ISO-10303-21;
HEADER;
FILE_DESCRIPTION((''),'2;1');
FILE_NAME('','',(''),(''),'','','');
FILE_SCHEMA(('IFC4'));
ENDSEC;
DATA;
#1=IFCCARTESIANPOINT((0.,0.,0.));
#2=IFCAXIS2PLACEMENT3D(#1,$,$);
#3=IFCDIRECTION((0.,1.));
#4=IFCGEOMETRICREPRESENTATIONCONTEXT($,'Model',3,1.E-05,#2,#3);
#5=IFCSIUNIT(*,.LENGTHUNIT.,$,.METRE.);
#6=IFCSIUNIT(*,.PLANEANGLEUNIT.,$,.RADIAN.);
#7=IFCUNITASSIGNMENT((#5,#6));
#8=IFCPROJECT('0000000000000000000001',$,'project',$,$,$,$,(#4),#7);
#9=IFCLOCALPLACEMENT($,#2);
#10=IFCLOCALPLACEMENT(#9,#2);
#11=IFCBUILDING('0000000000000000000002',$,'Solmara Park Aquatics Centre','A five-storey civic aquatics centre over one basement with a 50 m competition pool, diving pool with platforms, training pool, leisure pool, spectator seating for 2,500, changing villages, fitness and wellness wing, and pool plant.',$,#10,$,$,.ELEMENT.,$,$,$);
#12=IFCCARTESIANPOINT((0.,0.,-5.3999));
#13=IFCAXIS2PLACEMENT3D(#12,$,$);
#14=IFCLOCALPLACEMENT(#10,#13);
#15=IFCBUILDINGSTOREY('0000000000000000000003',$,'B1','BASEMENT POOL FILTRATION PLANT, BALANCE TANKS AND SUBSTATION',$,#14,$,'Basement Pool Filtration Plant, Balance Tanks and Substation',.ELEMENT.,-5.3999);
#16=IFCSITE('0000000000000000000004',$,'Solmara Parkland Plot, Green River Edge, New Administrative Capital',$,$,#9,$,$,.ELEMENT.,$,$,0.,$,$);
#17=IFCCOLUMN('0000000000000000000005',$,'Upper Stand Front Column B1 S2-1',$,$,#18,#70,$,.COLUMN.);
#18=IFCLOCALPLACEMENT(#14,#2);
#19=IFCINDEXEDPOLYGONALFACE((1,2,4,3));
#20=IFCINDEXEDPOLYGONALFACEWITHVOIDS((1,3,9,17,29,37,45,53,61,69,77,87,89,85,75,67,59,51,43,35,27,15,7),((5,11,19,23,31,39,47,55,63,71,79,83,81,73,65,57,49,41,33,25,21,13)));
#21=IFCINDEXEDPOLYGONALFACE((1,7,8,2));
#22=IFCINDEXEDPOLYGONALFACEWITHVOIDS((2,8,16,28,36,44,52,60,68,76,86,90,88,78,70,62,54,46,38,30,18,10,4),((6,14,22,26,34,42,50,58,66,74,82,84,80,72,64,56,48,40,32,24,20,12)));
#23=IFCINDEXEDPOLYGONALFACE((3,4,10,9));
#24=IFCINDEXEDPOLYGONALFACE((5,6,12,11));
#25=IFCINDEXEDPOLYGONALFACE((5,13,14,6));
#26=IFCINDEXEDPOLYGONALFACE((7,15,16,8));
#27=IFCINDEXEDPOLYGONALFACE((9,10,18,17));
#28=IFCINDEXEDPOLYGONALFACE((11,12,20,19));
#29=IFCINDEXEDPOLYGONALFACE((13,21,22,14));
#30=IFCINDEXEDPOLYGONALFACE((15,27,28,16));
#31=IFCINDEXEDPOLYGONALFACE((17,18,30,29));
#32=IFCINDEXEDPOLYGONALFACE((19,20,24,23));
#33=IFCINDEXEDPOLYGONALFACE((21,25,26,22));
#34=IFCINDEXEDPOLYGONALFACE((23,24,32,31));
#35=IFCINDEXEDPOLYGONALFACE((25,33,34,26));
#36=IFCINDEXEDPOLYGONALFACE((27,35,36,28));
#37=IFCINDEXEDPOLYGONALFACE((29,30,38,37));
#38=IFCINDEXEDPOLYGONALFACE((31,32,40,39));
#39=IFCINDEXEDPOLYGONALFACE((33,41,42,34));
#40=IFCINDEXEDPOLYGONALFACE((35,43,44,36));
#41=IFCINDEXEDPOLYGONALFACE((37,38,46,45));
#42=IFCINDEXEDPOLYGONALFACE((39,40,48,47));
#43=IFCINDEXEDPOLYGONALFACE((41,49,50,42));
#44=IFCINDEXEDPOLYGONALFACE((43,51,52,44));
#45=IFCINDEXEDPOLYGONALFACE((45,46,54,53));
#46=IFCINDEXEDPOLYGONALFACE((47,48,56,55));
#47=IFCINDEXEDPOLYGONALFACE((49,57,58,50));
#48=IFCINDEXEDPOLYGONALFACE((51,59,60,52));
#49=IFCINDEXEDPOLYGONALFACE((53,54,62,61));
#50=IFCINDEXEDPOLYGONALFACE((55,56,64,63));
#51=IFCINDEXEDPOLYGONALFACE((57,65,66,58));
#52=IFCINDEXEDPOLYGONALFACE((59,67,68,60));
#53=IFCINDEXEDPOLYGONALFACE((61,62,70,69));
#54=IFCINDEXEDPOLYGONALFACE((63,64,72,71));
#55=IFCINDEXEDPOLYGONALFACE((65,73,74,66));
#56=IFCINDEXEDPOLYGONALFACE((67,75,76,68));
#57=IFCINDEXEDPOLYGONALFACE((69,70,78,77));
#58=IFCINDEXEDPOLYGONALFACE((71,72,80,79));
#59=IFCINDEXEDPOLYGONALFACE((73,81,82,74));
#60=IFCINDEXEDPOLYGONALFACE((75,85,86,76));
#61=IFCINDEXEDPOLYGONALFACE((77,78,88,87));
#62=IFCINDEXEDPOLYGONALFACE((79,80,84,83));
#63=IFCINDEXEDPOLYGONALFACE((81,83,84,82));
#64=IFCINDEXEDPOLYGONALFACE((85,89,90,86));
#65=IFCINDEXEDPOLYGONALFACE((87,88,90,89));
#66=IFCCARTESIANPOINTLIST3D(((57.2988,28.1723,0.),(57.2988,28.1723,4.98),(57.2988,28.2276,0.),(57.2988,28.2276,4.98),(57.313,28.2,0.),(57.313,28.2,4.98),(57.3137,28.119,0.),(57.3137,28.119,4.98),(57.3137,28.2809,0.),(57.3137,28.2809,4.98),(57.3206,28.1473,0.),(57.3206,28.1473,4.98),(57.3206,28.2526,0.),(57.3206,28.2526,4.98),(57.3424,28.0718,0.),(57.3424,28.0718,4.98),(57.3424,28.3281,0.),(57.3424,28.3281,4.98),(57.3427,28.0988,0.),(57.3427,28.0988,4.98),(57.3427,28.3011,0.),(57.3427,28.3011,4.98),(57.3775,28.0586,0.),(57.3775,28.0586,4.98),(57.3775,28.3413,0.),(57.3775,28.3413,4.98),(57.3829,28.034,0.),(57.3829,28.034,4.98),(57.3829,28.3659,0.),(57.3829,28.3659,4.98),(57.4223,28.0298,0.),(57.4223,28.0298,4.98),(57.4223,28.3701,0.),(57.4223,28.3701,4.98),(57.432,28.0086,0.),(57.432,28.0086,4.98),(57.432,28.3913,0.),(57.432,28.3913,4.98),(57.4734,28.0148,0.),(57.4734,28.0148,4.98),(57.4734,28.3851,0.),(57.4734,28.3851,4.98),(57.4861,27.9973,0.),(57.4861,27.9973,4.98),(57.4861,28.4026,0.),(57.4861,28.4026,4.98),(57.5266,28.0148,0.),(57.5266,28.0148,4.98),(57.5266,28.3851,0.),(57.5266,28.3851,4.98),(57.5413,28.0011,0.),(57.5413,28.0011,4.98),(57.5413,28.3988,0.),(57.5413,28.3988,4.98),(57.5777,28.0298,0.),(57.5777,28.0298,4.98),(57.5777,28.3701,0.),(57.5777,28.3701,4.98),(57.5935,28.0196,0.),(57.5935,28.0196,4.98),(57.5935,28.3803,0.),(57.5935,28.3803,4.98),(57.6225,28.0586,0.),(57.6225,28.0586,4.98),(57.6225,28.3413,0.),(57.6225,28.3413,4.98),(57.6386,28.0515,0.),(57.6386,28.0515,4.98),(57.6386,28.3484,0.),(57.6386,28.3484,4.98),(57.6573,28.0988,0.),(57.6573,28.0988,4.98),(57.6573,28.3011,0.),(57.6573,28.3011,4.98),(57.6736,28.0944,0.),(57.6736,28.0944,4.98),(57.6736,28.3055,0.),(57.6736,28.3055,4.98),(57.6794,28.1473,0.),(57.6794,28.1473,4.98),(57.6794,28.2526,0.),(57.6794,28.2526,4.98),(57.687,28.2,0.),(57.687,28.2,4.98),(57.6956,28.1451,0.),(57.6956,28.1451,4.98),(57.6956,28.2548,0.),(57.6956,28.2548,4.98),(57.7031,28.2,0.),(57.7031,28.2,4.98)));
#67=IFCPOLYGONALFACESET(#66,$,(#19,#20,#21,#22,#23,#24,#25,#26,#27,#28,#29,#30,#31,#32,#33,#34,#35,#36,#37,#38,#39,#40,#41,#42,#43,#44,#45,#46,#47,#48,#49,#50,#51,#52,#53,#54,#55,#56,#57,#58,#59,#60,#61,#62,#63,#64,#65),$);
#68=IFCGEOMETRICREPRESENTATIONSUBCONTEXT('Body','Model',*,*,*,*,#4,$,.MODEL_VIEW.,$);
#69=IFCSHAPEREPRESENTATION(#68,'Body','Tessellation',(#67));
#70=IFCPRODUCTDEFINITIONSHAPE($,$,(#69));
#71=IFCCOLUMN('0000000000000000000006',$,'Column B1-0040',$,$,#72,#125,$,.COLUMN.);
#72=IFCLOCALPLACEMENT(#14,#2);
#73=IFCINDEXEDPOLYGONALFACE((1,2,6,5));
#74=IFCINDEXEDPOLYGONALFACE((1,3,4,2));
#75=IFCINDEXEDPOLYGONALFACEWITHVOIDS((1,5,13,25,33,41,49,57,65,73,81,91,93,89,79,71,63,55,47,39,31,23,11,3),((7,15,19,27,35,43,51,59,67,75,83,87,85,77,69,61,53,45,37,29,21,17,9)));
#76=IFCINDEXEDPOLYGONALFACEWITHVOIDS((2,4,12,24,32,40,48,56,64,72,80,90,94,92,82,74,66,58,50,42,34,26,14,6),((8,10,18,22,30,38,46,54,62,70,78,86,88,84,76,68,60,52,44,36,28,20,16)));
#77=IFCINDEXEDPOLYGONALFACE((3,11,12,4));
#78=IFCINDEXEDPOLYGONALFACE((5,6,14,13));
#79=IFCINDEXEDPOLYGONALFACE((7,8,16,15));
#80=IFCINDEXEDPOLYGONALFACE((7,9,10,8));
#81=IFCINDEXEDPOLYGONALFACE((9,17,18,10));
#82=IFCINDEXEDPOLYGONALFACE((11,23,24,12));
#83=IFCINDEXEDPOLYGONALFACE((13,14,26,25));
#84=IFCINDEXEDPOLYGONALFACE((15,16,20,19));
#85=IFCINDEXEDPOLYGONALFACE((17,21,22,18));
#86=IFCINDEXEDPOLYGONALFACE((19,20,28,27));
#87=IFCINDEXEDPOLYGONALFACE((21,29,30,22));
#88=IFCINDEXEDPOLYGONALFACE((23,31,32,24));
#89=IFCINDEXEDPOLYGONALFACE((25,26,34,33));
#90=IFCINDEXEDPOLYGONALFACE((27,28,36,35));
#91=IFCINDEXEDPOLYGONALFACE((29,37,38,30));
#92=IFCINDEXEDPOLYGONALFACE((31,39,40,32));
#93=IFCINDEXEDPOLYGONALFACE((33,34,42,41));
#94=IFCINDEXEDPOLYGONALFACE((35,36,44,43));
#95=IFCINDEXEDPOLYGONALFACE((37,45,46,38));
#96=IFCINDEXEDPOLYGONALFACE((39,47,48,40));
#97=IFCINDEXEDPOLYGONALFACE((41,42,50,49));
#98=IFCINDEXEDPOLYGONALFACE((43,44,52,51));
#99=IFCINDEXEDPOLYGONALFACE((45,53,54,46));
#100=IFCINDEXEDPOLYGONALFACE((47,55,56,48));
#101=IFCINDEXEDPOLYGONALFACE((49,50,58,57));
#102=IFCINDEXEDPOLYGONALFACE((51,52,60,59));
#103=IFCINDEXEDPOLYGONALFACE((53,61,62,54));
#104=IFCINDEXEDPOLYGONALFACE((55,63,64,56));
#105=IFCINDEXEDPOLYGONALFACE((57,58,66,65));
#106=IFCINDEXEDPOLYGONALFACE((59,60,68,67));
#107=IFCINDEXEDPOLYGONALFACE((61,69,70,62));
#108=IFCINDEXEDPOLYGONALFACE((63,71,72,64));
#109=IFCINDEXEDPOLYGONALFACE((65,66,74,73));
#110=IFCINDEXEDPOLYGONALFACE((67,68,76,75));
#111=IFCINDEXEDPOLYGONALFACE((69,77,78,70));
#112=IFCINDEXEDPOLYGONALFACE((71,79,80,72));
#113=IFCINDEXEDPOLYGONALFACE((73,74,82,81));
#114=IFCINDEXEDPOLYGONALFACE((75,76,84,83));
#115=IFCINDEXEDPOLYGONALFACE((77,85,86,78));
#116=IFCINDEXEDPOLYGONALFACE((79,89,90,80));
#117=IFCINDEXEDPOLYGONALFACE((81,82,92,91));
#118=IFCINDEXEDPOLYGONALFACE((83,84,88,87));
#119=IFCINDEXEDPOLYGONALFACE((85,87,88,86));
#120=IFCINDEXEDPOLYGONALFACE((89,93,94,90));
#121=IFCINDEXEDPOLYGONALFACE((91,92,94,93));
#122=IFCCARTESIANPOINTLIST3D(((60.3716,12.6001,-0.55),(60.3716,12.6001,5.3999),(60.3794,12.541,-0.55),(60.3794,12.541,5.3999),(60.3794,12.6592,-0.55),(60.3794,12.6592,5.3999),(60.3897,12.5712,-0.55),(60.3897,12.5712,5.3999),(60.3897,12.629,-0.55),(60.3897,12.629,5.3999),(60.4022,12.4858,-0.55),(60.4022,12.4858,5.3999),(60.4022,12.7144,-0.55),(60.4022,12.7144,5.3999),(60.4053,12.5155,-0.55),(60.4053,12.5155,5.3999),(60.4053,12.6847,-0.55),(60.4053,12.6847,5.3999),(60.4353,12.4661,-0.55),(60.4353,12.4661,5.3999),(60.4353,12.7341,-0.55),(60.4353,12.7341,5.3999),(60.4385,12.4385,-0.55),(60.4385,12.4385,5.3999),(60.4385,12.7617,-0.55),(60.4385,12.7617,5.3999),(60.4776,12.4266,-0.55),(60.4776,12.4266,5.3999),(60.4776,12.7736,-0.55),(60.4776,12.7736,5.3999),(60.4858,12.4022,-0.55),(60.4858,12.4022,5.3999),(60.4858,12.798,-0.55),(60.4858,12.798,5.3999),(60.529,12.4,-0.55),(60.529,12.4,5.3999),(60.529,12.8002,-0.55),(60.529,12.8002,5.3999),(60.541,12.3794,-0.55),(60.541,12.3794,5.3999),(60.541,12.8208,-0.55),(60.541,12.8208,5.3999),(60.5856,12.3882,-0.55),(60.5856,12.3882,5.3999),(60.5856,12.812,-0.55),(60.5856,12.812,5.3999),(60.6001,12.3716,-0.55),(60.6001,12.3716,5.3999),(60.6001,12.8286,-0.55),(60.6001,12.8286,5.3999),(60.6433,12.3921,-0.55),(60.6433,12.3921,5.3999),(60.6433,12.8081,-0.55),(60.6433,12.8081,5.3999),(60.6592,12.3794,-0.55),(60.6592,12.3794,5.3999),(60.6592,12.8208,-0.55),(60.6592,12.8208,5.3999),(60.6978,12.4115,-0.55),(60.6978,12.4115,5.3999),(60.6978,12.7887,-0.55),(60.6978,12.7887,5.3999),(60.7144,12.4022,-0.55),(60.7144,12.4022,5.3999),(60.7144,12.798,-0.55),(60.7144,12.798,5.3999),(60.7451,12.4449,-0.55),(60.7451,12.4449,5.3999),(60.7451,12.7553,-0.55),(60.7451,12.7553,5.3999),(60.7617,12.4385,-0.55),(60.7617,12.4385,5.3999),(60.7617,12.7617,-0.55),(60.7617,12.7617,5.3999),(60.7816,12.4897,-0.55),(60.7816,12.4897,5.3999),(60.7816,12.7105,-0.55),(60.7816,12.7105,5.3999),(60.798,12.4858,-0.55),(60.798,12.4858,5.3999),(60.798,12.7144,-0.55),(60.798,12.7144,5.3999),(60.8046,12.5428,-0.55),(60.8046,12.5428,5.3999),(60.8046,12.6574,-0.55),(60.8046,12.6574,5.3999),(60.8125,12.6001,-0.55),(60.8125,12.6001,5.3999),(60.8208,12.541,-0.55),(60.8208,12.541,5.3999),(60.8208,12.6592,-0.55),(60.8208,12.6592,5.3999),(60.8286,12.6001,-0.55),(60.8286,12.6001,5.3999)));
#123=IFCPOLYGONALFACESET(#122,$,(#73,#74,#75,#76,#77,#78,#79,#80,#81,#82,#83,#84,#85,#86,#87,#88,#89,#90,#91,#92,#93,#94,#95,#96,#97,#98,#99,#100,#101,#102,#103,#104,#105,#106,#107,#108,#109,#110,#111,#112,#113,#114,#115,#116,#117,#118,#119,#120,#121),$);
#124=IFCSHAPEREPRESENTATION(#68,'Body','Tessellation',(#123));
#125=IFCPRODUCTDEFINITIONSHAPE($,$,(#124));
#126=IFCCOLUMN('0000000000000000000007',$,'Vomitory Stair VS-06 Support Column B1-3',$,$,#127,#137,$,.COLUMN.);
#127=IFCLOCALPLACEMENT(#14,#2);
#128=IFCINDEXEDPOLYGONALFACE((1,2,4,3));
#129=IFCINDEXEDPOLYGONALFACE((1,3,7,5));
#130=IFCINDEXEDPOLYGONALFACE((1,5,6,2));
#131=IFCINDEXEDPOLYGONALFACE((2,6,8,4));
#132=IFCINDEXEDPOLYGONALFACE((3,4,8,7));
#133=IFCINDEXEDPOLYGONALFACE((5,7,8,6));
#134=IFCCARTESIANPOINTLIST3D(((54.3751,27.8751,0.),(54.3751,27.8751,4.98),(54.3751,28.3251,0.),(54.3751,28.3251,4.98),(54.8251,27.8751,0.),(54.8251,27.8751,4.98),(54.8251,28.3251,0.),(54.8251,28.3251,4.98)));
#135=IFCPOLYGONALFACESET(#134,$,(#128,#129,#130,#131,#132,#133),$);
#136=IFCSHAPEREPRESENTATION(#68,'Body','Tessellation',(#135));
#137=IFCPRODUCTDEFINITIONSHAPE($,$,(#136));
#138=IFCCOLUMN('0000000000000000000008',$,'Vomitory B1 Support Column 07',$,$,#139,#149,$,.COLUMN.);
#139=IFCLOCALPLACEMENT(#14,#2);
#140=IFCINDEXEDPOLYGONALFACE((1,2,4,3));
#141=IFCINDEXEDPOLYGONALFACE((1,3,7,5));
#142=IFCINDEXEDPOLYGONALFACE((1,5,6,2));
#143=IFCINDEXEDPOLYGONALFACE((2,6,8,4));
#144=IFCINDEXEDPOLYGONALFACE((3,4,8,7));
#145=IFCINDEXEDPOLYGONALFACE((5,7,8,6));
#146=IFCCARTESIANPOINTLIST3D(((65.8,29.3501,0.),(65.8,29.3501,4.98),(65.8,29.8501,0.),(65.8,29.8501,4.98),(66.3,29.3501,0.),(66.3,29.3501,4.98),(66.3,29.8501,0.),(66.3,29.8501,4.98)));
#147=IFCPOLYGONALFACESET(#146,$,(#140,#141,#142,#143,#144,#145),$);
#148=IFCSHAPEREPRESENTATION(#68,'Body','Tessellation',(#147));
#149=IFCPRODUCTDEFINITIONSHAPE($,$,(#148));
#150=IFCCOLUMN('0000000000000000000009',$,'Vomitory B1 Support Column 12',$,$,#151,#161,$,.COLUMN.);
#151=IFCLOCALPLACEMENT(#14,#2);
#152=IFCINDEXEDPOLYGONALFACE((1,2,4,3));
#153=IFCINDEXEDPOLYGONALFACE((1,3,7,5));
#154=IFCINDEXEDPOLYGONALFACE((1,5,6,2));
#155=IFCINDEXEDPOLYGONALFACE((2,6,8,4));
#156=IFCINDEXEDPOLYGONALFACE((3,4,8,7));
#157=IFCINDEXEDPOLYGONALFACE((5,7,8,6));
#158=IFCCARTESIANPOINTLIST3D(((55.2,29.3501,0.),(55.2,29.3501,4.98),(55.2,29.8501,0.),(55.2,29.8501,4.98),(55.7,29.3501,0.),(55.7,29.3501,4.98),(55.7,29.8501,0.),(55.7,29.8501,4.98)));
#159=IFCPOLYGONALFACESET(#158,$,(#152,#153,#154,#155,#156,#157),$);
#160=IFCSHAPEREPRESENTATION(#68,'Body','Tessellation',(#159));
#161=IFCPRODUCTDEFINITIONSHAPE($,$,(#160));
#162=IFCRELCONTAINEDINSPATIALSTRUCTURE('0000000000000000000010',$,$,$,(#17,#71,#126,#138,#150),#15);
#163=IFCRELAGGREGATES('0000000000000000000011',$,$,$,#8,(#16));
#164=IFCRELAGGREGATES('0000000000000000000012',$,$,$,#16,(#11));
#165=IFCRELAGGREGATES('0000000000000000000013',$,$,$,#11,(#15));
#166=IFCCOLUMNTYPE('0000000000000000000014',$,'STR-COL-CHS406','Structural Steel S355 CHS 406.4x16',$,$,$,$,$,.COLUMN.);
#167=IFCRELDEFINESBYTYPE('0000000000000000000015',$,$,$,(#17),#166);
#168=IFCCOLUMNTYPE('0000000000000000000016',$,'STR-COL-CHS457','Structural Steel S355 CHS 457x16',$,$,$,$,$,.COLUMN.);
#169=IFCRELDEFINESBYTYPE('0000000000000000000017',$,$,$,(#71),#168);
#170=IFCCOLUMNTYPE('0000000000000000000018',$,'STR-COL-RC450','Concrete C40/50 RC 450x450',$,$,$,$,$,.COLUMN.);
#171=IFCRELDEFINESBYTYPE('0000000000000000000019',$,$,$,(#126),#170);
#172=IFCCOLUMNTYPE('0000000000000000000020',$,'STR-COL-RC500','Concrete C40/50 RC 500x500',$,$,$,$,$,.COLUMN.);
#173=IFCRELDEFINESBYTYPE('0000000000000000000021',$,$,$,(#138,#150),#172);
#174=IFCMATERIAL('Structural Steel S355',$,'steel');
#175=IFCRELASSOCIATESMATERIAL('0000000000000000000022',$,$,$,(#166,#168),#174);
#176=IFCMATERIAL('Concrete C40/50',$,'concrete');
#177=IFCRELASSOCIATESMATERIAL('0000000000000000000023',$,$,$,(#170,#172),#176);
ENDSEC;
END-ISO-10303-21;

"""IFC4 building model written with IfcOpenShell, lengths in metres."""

from ifc_helpers import new_model, si_unit, direction, frame, origin, origin_2d, place, context, subcontext, project, spatial, rectangle, hollow_circle, extrude, material, material_profile, profile_set, type_object, element, save


model = new_model("IFC4")

# Units and contexts
model_context = context("Model", 3, precision=1e-05, world=origin(), true_north=direction((0.0, 1.0)))
body_context = subcontext(model_context, "Body", "Model", "MODEL_VIEW")
ifc_project = project(units=[si_unit("LENGTHUNIT", "METRE"), si_unit("PLANEANGLEUNIT", "RADIAN")], contexts=[model_context])

# Site, building, storey
site_placement = place(None, origin())
site = spatial("IfcSite", under=ifc_project, at=site_placement, Name="Solmara Parkland Plot, Green River Edge, New Administrative Capital", CompositionType="ELEMENT", RefElevation=0.0)
building_placement = place(site_placement, origin())
building = spatial("IfcBuilding", under=site, at=building_placement, Name="Solmara Park Aquatics Centre", Description="A five-storey civic aquatics centre over one basement with a 50 m competition pool, diving pool with platforms, training pool, leisure pool, spectator seating for 2,500, changing villages, fitness and wellness wing, and pool plant.", CompositionType="ELEMENT")
storey_placement = place(building_placement, frame((0.0, 0.0, -5.3999)))
storey = spatial("IfcBuildingStorey", under=building, at=storey_placement, Name="B1", Description="BASEMENT POOL FILTRATION PLANT, BALANCE TANKS AND SUBSTATION", LongName="Basement Pool Filtration Plant, Balance Tanks and Substation", CompositionType="ELEMENT", Elevation=-5.3999)

# Columns
ifc_material_1 = material(Name="Structural Steel S355", Category="steel")
ifc_material_profile_1 = material_profile(ifc_material_1, hollow_circle(Radius=0.2031, WallThickness=0.0161, at=origin_2d()), Name="CHS 406.4x16")
ifc_profile_set_1 = profile_set([ifc_material_profile_1], Name="Structural Steel S355")
column_type_1 = type_object("IfcColumnType", Name="STR-COL-CHS406", Description="Structural Steel S355 CHS 406.4x16", PredefinedType="COLUMN", material=ifc_profile_set_1)
column_1_placement = place(storey_placement, frame((57.5, 28.2, 0.0), z_axis=(0.0, 0.0, 1.0), x_axis=(1.0, 0.0, 0.0)))
element("IfcColumn", 1, at=column_1_placement, inside=storey, type_object=column_type_1, Name="Upper Stand Front Column B1 S2-1", PredefinedType="COLUMN", context=body_context, shape_type="SweptSolid", body=[
    extrude(hollow_circle(Radius=0.2031, WallThickness=0.0161, at=origin_2d()), origin(), (0.0, 0.0, 1.0), 4.98),
])
ifc_material_profile_2 = material_profile(ifc_material_1, hollow_circle(Radius=0.2285, WallThickness=0.0161, at=origin_2d()), Name="CHS 457x16")
ifc_profile_set_2 = profile_set([ifc_material_profile_2], Name="Structural Steel S355")
column_type_2 = type_object("IfcColumnType", Name="STR-COL-CHS457", Description="Structural Steel S355 CHS 457x16", PredefinedType="COLUMN", material=ifc_profile_set_2)
column_2_placement = place(storey_placement, frame((60.6001, 12.6001, -0.55), z_axis=(0.0, 0.0, 1.0), x_axis=(1.0, 0.0, 0.0)))
element("IfcColumn", 2, at=column_2_placement, inside=storey, type_object=column_type_2, Name="Column B1-0040", PredefinedType="COLUMN", context=body_context, shape_type="SweptSolid", body=[
    extrude(hollow_circle(Radius=0.2285, WallThickness=0.0161, at=origin_2d()), origin(), (0.0, 0.0, 1.0), 5.95),
])
ifc_material_2 = material(Name="Concrete C40/50", Category="concrete")
ifc_material_profile_3 = material_profile(ifc_material_2, rectangle(XDim=0.45, YDim=0.45, at=origin_2d()), Name="RC 450x450")
ifc_profile_set_3 = profile_set([ifc_material_profile_3], Name="Concrete C40/50")
column_type_3 = type_object("IfcColumnType", Name="STR-COL-RC450", Description="Concrete C40/50 RC 450x450", PredefinedType="COLUMN", material=ifc_profile_set_3)
column_3_placement = place(storey_placement, frame((54.6001, 28.1001, 0.0), z_axis=(0.0, 0.0, 1.0), x_axis=(1.0, 0.0, 0.0)))
element("IfcColumn", 3, at=column_3_placement, inside=storey, type_object=column_type_3, Name="Vomitory Stair VS-06 Support Column B1-3", PredefinedType="COLUMN", context=body_context, shape_type="SweptSolid", body=[
    extrude(rectangle(XDim=0.45, YDim=0.45, at=origin_2d()), origin(), (0.0, 0.0, 1.0), 4.98),
])
ifc_material_profile_4 = material_profile(ifc_material_2, rectangle(XDim=0.5, YDim=0.5, at=origin_2d()), Name="RC 500x500")
ifc_profile_set_4 = profile_set([ifc_material_profile_4], Name="Concrete C40/50")
column_type_4 = type_object("IfcColumnType", Name="STR-COL-RC500", Description="Concrete C40/50 RC 500x500", PredefinedType="COLUMN", material=ifc_profile_set_4)
for number, where, z_axis, x_axis, name in (
    (4, (66.05, 29.6001, 0.0), (0.0, 0.0, 1.0), (1.0, 0.0, 0.0), "Vomitory B1 Support Column 07"),
    (5, (55.45, 29.6001, 0.0), (0.0, 0.0, 1.0), (1.0, 0.0, 0.0), "Vomitory B1 Support Column 12"),
):
    element("IfcColumn", number, at=place(storey_placement, frame(where, z_axis=z_axis, x_axis=x_axis)), inside=storey, type_object=column_type_4, Name=name, PredefinedType="COLUMN", context=body_context, shape_type="SweptSolid", body=[
        extrude(rectangle(XDim=0.5, YDim=0.5, at=origin_2d()), origin(), (0.0, 0.0, 1.0), 4.98),
    ])

save(model, "model.ifc")
